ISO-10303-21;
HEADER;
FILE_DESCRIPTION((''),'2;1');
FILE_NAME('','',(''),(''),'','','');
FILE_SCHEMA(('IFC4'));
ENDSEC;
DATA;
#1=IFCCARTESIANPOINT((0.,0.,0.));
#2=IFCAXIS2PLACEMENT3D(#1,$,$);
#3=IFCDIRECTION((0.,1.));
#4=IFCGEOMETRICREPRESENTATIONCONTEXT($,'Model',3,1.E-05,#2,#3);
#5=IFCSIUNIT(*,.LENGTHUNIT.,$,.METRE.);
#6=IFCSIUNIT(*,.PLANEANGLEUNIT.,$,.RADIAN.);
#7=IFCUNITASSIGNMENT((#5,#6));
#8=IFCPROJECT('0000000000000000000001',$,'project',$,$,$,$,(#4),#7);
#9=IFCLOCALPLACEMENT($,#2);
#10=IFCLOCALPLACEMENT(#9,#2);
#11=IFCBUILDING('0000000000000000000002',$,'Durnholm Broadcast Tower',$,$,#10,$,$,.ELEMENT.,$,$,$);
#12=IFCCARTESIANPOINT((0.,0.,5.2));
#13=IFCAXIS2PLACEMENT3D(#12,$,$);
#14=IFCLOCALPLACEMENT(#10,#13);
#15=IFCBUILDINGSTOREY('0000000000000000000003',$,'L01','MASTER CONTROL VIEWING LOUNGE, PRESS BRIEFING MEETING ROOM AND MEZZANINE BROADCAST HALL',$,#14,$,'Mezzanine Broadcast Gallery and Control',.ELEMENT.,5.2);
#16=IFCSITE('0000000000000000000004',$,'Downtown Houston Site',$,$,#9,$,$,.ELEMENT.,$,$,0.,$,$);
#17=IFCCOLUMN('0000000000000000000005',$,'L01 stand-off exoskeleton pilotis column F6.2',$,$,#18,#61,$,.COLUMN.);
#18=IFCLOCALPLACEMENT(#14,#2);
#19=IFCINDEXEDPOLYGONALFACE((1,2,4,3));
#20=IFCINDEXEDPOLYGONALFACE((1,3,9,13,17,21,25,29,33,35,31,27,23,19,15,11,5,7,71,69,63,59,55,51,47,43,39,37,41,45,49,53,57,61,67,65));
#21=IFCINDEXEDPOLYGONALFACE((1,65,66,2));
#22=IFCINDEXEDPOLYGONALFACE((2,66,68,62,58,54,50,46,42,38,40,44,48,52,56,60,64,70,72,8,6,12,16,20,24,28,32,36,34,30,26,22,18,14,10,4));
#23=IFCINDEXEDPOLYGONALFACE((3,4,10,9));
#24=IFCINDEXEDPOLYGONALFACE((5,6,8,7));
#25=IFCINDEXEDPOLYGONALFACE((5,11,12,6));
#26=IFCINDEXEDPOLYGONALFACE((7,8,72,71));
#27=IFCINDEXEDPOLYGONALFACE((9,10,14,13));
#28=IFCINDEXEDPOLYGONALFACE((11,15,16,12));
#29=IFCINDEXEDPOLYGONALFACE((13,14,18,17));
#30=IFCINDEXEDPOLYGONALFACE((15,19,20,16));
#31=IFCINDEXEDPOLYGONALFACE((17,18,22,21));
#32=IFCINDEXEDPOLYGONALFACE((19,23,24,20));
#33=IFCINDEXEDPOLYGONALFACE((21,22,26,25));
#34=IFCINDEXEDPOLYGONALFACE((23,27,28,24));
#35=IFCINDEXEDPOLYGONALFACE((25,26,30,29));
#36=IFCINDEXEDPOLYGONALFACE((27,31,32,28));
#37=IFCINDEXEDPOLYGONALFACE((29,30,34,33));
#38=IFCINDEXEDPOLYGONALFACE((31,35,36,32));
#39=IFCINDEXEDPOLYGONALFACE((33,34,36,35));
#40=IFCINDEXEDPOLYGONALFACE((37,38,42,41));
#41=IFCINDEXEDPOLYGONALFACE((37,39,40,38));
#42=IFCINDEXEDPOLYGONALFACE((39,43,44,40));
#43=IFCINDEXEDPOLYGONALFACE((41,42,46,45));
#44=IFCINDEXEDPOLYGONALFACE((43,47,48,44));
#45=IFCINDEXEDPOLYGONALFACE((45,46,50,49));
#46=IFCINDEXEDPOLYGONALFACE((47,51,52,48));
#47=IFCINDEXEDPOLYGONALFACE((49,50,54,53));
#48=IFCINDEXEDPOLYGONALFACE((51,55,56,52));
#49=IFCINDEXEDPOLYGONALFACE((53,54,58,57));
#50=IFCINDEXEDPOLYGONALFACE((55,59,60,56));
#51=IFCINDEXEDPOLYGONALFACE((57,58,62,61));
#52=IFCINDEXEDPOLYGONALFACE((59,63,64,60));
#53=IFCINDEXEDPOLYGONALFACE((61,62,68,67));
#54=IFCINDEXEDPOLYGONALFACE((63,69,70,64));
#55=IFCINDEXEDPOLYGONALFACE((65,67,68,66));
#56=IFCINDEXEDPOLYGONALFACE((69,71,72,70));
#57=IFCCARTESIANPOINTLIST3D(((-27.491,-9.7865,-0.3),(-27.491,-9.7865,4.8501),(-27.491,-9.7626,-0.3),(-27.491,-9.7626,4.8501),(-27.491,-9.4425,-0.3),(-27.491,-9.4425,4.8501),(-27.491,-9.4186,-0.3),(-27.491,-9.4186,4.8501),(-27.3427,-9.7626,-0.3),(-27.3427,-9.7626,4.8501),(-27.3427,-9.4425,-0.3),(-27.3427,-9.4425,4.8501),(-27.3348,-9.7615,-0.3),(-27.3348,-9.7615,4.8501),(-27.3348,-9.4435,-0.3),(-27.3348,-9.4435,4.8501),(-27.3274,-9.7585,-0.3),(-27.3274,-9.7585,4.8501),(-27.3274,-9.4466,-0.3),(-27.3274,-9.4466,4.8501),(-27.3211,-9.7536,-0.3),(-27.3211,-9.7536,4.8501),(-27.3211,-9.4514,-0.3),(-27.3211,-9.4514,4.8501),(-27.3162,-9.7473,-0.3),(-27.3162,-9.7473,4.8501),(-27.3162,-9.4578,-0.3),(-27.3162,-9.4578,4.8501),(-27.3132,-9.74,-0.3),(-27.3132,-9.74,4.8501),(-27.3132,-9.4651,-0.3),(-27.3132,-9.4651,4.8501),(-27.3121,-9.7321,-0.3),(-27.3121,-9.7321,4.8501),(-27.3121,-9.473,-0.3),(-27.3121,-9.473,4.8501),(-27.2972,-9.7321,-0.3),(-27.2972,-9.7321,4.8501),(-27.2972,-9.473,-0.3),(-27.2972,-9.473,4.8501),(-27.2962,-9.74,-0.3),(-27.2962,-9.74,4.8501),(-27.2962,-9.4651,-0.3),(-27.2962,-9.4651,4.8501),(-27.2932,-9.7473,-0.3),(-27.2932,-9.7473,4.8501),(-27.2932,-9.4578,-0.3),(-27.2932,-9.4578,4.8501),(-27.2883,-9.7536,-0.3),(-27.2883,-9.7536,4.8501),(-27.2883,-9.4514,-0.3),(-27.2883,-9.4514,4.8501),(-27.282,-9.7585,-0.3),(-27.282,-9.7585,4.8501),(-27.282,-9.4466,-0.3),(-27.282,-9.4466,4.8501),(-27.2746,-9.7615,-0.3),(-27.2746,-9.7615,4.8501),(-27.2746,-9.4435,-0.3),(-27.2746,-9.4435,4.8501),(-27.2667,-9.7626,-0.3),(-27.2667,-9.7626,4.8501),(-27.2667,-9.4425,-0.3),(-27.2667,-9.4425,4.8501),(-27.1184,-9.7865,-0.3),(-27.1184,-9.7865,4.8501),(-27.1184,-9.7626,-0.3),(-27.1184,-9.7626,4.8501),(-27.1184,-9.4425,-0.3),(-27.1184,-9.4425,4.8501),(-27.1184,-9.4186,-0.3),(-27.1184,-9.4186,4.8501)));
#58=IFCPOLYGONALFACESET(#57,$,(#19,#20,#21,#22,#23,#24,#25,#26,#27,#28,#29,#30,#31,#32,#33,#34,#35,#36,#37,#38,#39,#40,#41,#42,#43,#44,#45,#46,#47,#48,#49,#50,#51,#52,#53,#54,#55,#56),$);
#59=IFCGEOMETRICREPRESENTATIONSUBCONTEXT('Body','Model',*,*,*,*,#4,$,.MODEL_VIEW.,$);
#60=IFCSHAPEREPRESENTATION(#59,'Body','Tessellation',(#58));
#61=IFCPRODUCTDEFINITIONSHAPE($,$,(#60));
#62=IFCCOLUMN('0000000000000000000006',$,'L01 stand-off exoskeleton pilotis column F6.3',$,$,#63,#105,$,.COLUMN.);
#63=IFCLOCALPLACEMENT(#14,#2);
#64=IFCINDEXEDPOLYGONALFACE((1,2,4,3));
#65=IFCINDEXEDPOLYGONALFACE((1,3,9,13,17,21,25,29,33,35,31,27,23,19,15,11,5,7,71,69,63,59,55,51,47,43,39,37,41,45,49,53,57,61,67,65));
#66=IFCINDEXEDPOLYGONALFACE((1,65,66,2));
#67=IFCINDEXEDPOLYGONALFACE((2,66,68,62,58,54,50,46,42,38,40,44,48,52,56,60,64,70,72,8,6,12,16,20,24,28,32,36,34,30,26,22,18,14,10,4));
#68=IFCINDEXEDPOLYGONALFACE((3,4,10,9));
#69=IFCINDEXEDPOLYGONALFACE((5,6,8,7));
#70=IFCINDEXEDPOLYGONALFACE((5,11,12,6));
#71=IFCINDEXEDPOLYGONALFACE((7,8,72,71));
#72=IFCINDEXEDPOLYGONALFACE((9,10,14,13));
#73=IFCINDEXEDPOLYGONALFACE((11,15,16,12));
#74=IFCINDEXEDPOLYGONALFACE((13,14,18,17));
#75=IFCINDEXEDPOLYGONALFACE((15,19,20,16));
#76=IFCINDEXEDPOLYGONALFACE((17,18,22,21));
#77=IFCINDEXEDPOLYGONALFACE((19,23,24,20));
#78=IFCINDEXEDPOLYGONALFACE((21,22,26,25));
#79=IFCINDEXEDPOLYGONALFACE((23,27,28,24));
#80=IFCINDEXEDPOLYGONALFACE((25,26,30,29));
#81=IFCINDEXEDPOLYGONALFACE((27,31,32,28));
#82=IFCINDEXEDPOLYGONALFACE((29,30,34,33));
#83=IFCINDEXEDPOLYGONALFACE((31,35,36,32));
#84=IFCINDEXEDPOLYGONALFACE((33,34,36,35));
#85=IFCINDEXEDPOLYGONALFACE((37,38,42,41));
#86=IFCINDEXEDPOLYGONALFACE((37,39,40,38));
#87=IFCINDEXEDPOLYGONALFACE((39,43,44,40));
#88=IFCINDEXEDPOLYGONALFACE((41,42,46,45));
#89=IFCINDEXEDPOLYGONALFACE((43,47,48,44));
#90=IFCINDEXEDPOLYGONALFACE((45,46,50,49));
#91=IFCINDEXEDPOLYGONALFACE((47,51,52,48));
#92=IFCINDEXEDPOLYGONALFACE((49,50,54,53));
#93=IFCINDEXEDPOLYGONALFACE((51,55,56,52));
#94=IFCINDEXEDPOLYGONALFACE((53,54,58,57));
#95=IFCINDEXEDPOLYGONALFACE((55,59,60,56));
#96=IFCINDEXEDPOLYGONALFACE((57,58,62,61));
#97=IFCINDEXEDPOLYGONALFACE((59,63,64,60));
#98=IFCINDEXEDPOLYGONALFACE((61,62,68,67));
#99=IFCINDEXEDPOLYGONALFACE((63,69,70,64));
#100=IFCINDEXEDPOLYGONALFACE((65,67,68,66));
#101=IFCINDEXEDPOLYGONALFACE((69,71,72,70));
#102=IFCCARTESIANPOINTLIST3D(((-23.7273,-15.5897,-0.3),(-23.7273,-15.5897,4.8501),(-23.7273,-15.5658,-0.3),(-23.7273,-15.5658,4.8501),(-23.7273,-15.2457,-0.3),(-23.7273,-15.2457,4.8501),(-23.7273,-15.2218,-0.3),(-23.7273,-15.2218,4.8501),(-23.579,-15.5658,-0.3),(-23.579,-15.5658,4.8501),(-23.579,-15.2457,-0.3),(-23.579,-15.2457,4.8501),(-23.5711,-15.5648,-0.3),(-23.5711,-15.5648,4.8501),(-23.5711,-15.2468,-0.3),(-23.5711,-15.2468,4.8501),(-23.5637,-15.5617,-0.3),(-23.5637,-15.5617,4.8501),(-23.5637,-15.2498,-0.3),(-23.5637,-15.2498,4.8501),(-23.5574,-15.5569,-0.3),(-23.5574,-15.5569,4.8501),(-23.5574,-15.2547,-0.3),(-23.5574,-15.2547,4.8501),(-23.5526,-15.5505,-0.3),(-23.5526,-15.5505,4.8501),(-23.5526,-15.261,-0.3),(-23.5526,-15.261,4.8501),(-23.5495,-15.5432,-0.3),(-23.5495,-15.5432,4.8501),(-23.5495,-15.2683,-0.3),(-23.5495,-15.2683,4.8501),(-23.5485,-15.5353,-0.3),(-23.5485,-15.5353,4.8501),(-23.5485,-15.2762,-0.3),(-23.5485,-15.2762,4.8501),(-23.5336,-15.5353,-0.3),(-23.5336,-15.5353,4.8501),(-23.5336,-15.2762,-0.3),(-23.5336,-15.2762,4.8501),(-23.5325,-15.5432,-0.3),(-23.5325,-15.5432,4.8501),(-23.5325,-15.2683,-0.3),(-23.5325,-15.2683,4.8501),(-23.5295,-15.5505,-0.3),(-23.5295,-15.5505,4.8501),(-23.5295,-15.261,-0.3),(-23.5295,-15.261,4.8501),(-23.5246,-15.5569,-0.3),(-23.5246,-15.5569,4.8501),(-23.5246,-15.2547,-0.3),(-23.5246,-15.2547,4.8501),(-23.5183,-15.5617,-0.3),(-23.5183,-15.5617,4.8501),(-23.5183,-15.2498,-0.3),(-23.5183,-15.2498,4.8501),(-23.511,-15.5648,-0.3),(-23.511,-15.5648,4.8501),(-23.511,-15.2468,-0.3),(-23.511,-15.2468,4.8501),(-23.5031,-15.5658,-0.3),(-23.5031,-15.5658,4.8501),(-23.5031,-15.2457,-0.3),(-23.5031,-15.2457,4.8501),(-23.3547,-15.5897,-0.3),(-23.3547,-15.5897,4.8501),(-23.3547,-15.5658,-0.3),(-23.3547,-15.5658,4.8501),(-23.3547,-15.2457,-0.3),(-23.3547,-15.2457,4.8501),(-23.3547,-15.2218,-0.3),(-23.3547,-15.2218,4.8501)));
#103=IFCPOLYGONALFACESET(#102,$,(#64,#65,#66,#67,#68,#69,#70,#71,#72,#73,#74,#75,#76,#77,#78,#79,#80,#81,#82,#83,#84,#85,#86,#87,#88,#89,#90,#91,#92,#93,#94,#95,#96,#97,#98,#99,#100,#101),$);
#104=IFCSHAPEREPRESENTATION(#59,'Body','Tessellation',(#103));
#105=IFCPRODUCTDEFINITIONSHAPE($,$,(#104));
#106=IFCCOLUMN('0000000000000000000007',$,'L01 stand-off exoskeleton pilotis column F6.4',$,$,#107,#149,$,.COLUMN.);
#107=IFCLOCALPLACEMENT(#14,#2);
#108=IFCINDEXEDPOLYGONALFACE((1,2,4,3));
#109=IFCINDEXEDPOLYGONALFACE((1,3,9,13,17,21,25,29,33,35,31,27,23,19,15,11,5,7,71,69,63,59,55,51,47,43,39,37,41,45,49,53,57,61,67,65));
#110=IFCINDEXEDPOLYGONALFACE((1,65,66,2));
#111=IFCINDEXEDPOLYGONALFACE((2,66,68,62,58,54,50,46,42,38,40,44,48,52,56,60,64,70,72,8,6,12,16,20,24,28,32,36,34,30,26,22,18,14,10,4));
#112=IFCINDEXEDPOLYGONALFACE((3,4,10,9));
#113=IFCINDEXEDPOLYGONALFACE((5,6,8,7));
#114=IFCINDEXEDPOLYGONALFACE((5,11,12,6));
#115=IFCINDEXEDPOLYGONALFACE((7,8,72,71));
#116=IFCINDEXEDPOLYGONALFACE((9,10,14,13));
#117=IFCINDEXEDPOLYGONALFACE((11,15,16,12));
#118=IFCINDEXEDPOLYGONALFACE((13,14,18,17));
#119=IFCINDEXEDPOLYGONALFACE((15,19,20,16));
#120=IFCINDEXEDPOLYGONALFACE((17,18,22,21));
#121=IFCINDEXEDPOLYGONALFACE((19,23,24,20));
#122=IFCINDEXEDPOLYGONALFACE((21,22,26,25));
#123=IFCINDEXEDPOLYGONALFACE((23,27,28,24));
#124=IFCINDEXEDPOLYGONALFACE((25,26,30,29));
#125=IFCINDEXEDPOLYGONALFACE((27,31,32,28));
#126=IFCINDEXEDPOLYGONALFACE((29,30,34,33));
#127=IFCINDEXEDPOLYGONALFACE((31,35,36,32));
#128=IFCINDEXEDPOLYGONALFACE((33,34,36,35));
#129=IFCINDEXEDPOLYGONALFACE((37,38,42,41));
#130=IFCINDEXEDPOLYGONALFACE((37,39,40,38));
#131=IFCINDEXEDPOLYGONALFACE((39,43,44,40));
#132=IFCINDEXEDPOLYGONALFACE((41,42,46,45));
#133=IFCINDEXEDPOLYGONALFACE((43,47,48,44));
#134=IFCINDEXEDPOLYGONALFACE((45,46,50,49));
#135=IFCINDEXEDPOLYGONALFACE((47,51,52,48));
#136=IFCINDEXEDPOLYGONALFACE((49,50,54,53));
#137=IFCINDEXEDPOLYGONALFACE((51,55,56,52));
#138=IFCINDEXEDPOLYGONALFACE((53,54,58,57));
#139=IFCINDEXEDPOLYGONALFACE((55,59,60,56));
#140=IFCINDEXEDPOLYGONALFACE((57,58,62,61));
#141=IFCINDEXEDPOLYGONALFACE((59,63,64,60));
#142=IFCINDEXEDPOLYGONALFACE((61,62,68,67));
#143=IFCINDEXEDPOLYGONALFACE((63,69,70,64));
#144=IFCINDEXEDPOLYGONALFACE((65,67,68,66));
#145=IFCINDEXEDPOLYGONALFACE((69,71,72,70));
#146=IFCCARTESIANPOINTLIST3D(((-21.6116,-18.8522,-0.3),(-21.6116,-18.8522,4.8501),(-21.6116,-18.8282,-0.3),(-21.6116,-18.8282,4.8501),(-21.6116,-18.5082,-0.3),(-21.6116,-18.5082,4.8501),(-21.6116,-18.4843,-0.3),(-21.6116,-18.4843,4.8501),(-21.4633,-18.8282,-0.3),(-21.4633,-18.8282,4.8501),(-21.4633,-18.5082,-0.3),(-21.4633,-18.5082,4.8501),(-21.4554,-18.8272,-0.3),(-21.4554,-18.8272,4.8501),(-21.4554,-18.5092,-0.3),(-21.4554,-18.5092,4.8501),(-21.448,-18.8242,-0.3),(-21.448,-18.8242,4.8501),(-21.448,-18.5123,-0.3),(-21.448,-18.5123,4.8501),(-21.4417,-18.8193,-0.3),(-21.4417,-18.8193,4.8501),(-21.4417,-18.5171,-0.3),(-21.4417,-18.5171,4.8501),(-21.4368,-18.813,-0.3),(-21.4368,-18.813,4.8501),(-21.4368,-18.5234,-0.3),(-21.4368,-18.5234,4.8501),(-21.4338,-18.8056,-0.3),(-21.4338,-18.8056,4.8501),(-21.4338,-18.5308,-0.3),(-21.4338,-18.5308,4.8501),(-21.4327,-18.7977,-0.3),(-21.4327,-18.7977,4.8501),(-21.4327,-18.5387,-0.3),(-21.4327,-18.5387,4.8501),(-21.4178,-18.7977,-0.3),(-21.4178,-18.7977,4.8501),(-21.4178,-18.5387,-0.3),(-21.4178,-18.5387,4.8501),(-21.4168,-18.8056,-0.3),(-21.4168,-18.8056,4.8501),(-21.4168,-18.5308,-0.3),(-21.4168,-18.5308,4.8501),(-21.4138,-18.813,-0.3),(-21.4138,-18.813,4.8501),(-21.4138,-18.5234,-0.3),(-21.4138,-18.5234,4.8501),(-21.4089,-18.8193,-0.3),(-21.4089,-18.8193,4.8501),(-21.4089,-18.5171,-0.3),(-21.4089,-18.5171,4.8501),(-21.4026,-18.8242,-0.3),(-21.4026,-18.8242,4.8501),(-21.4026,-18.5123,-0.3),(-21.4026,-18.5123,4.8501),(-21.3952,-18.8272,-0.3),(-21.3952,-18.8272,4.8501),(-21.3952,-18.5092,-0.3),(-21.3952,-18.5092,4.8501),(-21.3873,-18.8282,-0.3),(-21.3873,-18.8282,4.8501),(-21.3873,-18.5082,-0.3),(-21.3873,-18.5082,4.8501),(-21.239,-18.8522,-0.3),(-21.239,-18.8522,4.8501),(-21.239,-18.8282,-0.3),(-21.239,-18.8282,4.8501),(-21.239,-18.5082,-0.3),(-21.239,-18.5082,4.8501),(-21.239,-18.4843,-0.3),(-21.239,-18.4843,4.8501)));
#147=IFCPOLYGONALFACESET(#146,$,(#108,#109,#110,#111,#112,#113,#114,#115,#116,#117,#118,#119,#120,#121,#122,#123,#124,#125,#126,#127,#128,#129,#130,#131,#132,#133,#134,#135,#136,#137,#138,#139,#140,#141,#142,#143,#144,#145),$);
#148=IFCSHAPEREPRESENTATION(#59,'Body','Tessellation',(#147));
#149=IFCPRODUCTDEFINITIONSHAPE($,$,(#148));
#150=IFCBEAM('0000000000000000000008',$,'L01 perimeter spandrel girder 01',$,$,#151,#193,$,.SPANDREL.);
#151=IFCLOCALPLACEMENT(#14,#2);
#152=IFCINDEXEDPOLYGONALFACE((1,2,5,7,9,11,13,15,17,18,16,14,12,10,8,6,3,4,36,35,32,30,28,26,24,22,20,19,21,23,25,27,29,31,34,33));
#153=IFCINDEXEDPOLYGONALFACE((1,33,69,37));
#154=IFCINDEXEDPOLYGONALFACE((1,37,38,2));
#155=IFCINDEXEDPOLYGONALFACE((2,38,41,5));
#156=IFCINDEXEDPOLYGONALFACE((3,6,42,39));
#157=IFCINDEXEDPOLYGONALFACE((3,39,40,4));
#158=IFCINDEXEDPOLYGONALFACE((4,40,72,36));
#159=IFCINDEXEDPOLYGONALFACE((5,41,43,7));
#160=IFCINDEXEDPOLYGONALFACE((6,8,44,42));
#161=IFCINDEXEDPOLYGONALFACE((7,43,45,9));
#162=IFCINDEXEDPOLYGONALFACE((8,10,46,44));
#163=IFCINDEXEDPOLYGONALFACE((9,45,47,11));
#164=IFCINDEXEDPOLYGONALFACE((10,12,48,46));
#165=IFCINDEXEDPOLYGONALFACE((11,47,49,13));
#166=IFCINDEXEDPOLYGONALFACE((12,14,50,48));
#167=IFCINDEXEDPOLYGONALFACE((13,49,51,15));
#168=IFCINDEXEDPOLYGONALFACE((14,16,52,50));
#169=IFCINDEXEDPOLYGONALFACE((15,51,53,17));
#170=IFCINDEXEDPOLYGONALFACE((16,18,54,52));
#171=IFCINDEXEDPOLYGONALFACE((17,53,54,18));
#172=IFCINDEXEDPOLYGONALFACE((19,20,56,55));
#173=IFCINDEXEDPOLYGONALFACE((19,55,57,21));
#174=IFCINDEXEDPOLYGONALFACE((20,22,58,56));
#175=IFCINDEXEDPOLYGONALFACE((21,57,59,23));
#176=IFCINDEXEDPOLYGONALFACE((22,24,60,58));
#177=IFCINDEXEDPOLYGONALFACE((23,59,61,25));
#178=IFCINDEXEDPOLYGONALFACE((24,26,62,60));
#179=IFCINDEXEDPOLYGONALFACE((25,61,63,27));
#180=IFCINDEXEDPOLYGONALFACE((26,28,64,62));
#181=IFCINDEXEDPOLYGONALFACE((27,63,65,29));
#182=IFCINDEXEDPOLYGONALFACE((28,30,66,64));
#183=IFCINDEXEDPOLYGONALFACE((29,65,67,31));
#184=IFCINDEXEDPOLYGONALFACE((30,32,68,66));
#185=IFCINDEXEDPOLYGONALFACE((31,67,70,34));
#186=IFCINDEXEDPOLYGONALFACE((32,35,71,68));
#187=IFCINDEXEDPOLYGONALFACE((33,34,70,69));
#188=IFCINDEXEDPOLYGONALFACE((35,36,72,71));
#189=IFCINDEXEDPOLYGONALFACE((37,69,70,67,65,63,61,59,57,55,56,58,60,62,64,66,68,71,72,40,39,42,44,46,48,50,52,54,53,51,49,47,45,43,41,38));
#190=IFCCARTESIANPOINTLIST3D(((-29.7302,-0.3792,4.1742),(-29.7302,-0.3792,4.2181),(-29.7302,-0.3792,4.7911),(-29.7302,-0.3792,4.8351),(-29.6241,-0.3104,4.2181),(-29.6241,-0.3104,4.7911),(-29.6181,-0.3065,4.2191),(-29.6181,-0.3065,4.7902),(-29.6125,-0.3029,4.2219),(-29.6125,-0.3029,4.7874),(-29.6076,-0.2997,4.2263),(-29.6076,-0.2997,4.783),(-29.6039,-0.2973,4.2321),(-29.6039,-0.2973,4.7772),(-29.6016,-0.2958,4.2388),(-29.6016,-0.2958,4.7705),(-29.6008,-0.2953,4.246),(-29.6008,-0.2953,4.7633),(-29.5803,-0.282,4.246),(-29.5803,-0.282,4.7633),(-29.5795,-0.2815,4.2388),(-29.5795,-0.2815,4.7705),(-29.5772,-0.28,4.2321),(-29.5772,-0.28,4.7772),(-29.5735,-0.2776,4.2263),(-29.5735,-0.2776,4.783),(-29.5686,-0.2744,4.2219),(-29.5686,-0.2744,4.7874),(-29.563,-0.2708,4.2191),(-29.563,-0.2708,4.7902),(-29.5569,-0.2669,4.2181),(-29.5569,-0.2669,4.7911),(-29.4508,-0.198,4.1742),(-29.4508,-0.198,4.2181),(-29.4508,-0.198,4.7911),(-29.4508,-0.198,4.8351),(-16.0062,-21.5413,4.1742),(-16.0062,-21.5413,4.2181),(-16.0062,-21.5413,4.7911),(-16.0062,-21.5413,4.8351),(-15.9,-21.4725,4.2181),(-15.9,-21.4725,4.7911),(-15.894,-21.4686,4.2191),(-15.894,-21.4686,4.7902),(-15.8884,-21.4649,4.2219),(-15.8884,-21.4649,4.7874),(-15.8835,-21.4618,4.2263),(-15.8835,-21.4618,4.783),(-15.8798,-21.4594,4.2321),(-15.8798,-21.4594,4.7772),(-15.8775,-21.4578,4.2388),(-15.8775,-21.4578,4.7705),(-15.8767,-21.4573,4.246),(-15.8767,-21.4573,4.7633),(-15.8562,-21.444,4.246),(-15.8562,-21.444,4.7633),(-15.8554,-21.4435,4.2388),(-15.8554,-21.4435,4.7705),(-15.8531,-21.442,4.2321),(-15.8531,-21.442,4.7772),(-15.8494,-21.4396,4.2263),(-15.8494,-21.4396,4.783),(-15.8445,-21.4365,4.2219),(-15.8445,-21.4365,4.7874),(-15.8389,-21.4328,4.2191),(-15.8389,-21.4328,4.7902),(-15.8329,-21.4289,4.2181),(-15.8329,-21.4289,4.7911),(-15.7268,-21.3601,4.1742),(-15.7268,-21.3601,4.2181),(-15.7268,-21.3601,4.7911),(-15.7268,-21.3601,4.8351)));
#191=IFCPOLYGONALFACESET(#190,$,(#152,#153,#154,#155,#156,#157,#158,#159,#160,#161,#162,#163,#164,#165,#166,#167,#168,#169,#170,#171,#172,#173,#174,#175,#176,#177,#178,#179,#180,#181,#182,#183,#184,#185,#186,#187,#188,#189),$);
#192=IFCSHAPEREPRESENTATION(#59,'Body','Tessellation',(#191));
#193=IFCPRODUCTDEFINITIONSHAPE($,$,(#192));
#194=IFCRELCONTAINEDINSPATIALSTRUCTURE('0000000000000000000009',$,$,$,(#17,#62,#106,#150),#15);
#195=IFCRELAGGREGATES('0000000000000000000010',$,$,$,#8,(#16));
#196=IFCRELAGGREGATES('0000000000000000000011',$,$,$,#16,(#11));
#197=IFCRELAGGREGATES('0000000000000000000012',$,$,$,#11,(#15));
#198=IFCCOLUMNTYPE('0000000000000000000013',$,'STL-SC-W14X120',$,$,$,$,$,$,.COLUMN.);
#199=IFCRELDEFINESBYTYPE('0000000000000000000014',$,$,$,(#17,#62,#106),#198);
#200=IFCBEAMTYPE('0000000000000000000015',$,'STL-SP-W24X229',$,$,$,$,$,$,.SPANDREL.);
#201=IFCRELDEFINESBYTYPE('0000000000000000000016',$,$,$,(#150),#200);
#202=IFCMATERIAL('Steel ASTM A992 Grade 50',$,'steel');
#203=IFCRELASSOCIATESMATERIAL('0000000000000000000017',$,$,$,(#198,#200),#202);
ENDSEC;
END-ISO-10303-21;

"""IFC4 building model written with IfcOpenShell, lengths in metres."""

from ifc_helpers import new_model, si_unit, direction, frame, origin, origin_2d, place, context, subcontext, project, spatial, i_section, extrude, source, transform, mapped, material, material_profile, profile_set, type_object, type_shapes, element, save


model = new_model("IFC4")

# Units and contexts
model_context = context("Model", 3, precision=1e-05, world=origin(), true_north=direction((0.0, 1.0)))
body_context = subcontext(model_context, "Body", "Model", "MODEL_VIEW")
ifc_project = project(units=[si_unit("LENGTHUNIT", "METRE"), si_unit("PLANEANGLEUNIT", "RADIAN")], contexts=[model_context])

# Site, building, storey
site_placement = place(None, origin())
site = spatial("IfcSite", under=ifc_project, at=site_placement, Name="Downtown Houston Site", CompositionType="ELEMENT", RefElevation=0.0)
building_placement = place(site_placement, origin())
building = spatial("IfcBuilding", under=site, at=building_placement, Name="Durnholm Broadcast Tower", CompositionType="ELEMENT")
storey_placement = place(building_placement, frame((0.0, 0.0, 5.2)))
storey = spatial("IfcBuildingStorey", under=building, at=storey_placement, Name="L01", Description="MASTER CONTROL VIEWING LOUNGE, PRESS BRIEFING MEETING ROOM AND MEZZANINE BROADCAST HALL", LongName="Mezzanine Broadcast Gallery and Control", CompositionType="ELEMENT", Elevation=5.2)

# Columns
ifc_material_1 = material(Name="Steel ASTM A992 Grade 50", Category="steel")
ifc_material_profile_1 = material_profile(ifc_material_1, i_section(OverallWidth=0.3726, OverallDepth=0.3679, WebThickness=0.0149, FlangeThickness=0.0239, FilletRadius=0.0305, at=origin_2d()), Name="W14X120")
ifc_profile_set_1 = profile_set([ifc_material_profile_1], Name="Steel ASTM A992 Grade 50")
column_type_1 = type_object("IfcColumnType", Name="STL-SC-W14X120", PredefinedType="COLUMN", material=ifc_profile_set_1)
shared_shape_1 = source(origin(), body_context, "Body", "SweptSolid", [
    extrude(i_section(OverallWidth=0.3726, OverallDepth=0.3679, WebThickness=0.0149, FlangeThickness=0.0239, FilletRadius=0.0305, at=origin_2d()), origin(), (0.0, 0.0, 1.0), 5.1501),
])
type_shapes(column_type_1, [shared_shape_1])
for number, where, z_axis, x_axis, name in (
    (1, (-27.3047, -9.6025, -0.3), (0.0, 0.0, 1.0), (1.0, 0.0, 0.0), "L01 stand-off exoskeleton pilotis column F6.2"),
    (2, (-23.541, -15.4058, -0.3), (0.0, 0.0, 1.0), (1.0, 0.0, 0.0), "L01 stand-off exoskeleton pilotis column F6.3"),
    (3, (-21.4253, -18.6682, -0.3), (0.0, 0.0, 1.0), (1.0, 0.0, 0.0), "L01 stand-off exoskeleton pilotis column F6.4"),
):
    element("IfcColumn", number, at=place(storey_placement, frame(where, z_axis=z_axis, x_axis=x_axis)), inside=storey, type_object=column_type_1, Name=name, PredefinedType="COLUMN", context=body_context, shape_type="MappedRepresentation", body=[
        mapped(shared_shape_1, transform((0.0, 0.0, 0.0), x_axis=(1.0, 0.0, 0.0), y_axis=(0.0, 1.0, 0.0), z_axis=(0.0, 0.0, 1.0), scale=1.0)),
    ])

# Beam
ifc_material_profile_2 = material_profile(ifc_material_1, i_section(OverallWidth=0.333, OverallDepth=0.6609, WebThickness=0.0244, FlangeThickness=0.0439, FilletRadius=0.0278, at=origin_2d()), Name="W24X229")
ifc_profile_set_2 = profile_set([ifc_material_profile_2], Name="Steel ASTM A992 Grade 50")
beam_type_1 = type_object("IfcBeamType", Name="STL-SP-W24X229", PredefinedType="SPANDREL", material=ifc_profile_set_2)
shared_shape_2 = source(origin(), body_context, "Body", "SweptSolid", [
    extrude(i_section(OverallWidth=0.333, OverallDepth=0.6609, WebThickness=0.0244, FlangeThickness=0.0439, FilletRadius=0.0278, at=origin_2d()), origin(), (0.0, 0.0, 1.0), 25.2227),
])
beam_1_placement = place(storey_placement, frame((-15.8665, -21.4507, 4.5046), z_axis=(-0.544117, 0.839009, 0.0), x_axis=(-0.839009, -0.544117, 0.0)))
element("IfcBeam", 4, at=beam_1_placement, inside=storey, type_object=beam_type_1, Name="L01 perimeter spandrel girder 01", PredefinedType="SPANDREL", context=body_context, shape_type="MappedRepresentation", body=[
    mapped(shared_shape_2, transform((0.0, 0.0, 0.0), x_axis=(1.0, 0.0, 0.0), y_axis=(0.0, 1.0, 0.0), z_axis=(0.0, 0.0, 1.0), scale=1.0)),
])

save(model, "model.ifc")
